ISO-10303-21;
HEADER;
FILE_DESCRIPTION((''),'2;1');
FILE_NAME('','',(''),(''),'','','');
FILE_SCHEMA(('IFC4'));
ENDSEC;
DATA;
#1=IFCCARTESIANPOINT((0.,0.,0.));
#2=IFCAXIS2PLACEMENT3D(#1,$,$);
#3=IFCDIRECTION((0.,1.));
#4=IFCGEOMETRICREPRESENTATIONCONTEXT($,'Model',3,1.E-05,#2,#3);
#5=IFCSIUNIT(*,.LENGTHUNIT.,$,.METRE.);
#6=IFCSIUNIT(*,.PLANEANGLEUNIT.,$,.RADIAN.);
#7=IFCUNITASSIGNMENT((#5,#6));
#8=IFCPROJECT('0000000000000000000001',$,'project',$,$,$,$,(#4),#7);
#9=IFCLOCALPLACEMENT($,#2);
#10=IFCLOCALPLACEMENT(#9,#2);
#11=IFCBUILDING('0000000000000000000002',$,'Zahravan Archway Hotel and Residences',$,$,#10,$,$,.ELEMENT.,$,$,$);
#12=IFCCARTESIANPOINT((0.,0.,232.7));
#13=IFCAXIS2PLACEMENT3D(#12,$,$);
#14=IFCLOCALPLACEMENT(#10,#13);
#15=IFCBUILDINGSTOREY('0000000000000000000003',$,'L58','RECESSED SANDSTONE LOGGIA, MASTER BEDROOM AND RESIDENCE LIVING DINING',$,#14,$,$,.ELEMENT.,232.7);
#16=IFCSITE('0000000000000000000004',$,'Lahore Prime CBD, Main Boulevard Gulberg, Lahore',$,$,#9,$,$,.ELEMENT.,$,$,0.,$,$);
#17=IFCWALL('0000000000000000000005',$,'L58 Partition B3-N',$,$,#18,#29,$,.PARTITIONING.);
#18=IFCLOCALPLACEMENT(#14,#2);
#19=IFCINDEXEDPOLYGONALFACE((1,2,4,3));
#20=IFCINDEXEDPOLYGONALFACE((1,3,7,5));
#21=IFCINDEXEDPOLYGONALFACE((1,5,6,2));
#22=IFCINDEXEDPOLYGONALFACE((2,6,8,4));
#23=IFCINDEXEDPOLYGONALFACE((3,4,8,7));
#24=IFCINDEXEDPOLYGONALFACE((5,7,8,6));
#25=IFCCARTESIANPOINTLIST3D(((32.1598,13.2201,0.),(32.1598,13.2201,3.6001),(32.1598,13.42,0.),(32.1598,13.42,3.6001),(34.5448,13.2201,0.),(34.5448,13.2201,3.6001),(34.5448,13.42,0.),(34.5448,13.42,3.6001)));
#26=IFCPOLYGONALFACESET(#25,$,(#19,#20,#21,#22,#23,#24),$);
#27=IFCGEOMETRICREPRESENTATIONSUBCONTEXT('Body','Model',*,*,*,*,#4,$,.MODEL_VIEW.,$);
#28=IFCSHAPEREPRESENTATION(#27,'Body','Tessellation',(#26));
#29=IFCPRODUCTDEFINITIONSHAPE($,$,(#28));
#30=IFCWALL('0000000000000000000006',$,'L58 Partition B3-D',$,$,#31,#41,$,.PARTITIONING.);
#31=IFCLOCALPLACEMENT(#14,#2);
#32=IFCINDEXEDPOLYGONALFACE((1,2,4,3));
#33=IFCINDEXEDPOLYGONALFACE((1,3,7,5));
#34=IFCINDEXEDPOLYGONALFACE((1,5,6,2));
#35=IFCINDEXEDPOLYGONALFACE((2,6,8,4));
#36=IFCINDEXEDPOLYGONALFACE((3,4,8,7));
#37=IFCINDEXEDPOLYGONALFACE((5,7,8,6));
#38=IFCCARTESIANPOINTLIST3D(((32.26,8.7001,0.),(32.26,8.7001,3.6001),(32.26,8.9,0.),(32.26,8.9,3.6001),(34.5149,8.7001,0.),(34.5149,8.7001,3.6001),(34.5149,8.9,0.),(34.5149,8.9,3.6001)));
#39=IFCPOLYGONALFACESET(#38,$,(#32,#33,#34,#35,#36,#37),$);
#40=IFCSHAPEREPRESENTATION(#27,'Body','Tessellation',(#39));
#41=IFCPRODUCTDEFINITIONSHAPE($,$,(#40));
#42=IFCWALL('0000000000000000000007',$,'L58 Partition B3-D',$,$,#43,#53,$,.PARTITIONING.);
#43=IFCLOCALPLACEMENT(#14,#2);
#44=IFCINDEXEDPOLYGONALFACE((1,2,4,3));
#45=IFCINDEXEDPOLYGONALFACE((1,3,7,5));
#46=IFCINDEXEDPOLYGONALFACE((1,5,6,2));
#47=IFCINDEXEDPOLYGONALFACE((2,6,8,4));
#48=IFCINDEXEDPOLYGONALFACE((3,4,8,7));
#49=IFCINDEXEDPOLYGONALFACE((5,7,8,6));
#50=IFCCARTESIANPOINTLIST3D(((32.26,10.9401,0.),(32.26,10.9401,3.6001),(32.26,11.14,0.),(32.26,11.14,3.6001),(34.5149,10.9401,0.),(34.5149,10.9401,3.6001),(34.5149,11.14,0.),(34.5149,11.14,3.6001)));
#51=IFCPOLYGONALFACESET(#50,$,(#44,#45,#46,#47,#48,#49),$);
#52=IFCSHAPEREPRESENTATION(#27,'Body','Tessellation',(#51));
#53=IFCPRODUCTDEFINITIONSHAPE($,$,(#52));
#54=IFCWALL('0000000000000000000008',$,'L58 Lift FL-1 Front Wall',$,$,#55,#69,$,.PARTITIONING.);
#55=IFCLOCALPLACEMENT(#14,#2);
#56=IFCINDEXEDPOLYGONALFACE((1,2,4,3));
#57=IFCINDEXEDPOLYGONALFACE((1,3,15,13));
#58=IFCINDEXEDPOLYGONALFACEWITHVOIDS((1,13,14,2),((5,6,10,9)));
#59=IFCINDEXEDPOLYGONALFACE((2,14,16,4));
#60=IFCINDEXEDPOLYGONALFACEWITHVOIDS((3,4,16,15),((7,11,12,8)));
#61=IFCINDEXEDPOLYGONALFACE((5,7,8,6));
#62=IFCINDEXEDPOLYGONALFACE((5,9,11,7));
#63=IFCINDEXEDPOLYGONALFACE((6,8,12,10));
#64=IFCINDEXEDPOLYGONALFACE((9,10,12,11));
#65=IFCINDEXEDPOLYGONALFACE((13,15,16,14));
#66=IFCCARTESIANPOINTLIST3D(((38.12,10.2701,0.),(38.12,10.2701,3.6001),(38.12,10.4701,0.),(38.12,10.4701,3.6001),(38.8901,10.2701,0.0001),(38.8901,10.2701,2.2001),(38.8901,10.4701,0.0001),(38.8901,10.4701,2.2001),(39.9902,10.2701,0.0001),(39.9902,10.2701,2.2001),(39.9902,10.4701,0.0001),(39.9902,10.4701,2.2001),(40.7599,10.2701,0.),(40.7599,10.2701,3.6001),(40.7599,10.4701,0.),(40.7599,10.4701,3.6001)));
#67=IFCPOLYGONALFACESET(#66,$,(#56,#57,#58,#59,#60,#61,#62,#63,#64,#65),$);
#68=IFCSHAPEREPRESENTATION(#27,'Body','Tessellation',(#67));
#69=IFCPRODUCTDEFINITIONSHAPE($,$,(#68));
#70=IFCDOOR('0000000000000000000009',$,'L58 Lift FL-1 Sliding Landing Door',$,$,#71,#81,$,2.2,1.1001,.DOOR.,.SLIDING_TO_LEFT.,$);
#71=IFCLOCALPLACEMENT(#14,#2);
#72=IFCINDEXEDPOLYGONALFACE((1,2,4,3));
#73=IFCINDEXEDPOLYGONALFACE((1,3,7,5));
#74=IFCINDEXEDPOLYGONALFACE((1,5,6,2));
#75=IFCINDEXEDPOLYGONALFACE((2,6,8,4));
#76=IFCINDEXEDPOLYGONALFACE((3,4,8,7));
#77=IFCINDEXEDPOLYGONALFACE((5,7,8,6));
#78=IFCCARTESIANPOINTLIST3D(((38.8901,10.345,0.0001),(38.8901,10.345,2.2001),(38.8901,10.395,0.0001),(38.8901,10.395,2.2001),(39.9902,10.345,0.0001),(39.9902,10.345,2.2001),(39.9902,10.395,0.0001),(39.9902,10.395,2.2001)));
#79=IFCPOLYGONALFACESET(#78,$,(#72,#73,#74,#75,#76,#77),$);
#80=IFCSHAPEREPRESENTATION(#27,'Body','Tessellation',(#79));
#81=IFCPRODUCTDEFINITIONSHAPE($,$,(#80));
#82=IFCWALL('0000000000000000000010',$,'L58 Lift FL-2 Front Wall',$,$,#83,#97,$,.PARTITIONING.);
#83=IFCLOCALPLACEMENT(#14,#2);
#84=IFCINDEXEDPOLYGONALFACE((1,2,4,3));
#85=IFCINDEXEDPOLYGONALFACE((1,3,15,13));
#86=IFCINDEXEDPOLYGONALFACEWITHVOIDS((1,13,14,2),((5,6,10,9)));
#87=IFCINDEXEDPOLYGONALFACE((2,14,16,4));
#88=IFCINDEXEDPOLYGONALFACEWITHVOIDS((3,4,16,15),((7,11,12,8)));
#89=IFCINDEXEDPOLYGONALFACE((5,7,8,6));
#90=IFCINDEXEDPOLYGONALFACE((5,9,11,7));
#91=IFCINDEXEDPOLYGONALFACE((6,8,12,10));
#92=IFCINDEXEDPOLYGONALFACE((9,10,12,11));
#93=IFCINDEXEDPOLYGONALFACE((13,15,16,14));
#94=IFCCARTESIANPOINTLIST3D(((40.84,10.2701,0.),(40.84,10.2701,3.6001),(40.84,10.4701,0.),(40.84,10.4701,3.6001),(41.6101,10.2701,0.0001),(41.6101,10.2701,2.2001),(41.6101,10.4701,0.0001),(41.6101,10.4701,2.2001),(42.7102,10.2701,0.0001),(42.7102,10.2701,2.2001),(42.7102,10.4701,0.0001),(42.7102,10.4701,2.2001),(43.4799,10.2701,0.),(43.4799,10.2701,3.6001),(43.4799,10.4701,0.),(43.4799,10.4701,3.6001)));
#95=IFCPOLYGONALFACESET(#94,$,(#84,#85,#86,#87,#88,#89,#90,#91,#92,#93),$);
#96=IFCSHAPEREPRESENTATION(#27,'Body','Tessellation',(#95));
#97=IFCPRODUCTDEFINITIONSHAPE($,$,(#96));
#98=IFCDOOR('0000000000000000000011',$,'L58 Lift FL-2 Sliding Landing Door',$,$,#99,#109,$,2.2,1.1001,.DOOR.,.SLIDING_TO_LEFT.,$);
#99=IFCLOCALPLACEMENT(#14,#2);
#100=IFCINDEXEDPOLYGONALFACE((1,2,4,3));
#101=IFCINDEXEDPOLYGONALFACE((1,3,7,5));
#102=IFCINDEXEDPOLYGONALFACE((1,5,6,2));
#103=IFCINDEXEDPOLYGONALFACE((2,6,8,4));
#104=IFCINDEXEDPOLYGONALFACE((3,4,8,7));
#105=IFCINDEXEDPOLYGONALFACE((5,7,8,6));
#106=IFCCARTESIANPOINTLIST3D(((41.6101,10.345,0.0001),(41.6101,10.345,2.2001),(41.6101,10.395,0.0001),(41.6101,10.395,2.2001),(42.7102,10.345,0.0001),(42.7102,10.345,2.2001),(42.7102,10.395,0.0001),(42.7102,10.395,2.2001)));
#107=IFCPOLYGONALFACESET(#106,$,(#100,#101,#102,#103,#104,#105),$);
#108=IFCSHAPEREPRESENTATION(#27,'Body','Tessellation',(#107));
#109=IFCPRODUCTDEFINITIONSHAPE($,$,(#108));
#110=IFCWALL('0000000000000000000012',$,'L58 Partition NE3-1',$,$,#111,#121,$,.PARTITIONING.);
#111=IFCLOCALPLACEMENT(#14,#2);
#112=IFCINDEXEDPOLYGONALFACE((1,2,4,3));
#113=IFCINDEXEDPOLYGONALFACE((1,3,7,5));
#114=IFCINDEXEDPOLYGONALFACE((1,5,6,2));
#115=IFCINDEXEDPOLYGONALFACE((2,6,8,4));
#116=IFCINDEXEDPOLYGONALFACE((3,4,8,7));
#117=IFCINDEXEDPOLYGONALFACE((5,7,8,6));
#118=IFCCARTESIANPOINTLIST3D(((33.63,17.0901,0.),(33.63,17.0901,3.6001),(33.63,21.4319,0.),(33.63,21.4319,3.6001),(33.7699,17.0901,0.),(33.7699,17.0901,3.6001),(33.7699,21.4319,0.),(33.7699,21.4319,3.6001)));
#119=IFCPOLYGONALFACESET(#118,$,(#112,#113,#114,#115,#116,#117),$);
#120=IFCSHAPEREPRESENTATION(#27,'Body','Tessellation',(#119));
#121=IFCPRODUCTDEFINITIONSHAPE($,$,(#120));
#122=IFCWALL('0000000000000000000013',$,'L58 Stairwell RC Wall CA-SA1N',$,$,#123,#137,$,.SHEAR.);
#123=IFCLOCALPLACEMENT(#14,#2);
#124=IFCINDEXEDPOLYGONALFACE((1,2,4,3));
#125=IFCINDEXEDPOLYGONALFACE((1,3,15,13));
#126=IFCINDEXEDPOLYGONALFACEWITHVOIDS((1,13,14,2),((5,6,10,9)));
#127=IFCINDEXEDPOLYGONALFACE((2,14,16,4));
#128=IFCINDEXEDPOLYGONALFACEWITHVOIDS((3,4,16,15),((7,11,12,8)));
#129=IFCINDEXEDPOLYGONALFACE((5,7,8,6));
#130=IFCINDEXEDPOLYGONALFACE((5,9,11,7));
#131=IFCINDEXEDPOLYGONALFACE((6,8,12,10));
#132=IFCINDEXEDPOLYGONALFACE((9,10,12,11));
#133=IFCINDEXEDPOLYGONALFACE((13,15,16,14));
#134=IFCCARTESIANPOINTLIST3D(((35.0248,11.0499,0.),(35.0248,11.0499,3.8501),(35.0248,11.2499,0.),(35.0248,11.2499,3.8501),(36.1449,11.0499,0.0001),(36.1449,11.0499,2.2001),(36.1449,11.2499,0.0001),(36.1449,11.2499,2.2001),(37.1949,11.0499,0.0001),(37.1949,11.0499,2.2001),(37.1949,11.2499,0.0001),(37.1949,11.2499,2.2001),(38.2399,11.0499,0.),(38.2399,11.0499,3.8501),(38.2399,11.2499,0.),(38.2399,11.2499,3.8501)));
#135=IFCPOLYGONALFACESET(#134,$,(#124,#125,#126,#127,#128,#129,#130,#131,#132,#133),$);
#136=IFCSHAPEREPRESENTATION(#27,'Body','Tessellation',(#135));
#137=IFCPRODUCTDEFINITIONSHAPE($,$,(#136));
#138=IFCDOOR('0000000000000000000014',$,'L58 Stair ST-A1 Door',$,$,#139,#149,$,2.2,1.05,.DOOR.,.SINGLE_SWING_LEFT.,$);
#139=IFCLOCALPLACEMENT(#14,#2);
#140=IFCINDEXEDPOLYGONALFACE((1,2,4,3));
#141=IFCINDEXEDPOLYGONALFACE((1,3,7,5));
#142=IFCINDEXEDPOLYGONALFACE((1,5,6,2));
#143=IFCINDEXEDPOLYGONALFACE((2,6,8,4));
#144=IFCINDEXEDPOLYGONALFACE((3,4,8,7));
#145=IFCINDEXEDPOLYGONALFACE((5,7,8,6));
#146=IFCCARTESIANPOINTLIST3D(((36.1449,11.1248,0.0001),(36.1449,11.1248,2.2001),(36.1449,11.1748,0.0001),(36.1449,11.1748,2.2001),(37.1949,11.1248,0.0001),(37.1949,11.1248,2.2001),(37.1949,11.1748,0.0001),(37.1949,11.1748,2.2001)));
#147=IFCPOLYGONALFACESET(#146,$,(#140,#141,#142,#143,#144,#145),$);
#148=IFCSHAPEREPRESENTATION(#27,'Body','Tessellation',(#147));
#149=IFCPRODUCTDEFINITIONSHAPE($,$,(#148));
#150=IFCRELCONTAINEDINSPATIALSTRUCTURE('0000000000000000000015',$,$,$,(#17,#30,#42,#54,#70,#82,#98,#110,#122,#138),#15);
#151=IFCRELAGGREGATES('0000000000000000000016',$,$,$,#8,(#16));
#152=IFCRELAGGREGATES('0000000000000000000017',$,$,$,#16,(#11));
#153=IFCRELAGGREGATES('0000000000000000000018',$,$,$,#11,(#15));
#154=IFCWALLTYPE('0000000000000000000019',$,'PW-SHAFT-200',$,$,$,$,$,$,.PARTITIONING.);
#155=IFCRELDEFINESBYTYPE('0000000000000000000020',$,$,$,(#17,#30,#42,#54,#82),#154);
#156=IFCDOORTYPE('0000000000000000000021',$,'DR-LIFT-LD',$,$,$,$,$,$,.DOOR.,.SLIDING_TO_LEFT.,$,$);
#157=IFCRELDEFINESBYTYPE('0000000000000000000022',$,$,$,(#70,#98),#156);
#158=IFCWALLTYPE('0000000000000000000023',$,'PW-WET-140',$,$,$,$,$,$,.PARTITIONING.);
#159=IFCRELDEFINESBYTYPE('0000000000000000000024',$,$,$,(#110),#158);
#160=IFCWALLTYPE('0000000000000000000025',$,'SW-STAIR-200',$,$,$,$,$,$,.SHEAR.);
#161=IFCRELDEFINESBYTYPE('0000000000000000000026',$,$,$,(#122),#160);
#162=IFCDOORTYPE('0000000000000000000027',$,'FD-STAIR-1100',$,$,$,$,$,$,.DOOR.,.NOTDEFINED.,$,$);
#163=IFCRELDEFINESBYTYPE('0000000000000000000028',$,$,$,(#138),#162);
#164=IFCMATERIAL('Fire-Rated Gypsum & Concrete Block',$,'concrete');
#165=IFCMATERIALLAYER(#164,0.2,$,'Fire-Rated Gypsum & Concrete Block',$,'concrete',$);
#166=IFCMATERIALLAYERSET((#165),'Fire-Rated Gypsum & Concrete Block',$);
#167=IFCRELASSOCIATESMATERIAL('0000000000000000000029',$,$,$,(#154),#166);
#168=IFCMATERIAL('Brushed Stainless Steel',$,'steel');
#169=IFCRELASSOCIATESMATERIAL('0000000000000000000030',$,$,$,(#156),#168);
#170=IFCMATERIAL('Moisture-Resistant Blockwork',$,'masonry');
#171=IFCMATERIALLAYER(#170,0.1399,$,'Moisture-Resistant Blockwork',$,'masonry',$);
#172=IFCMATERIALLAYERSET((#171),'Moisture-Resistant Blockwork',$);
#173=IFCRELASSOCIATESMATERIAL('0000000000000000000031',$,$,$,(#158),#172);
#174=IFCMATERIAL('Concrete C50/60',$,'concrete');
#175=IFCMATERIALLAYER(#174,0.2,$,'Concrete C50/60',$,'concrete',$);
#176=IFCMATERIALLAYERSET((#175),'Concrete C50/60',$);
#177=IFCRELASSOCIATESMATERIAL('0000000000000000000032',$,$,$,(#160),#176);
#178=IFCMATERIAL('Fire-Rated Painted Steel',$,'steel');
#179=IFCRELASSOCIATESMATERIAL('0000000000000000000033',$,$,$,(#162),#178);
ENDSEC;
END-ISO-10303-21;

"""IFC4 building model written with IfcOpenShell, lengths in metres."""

from ifc_helpers import new_model, si_unit, direction, frame, frame_2d, origin, place, context, subcontext, project, spatial, rectangle, extrude, source, transform, mapped, material, layer, layer_set, type_object, type_shapes, element, fill, save


model = new_model("IFC4")

# Units and contexts
model_context = context("Model", 3, precision=1e-05, world=origin(), true_north=direction((0.0, 1.0)))
body_context = subcontext(model_context, "Body", "Model", "MODEL_VIEW")
ifc_project = project(units=[si_unit("LENGTHUNIT", "METRE"), si_unit("PLANEANGLEUNIT", "RADIAN")], contexts=[model_context])

# Site, building, storey
site_placement = place(None, origin())
site = spatial("IfcSite", under=ifc_project, at=site_placement, Name="Lahore Prime CBD, Main Boulevard Gulberg, Lahore", CompositionType="ELEMENT", RefElevation=0.0)
building_placement = place(site_placement, origin())
building = spatial("IfcBuilding", under=site, at=building_placement, Name="Zahravan Archway Hotel and Residences", CompositionType="ELEMENT")
storey_placement = place(building_placement, frame((0.0, 0.0, 232.7)))
storey = spatial("IfcBuildingStorey", under=building, at=storey_placement, Name="L58", Description="RECESSED SANDSTONE LOGGIA, MASTER BEDROOM AND RESIDENCE LIVING DINING", CompositionType="ELEMENT", Elevation=232.7)

# Shared definitions
ifc_material_1 = material(Name="Concrete C50/60", Category="concrete")
ifc_material_2 = material(Name="Fire-Rated Painted Steel", Category="steel")

# Shared definitions
ifc_material_3 = material(Name="Fire-Rated Gypsum & Concrete Block", Category="concrete")

# Walls
ifc_layer_1 = layer(ifc_material_3, 0.2, Name="Fire-Rated Gypsum & Concrete Block", Category="concrete")
ifc_layer_set_1 = layer_set([ifc_layer_1], Name="Fire-Rated Gypsum & Concrete Block")
wall_type_1 = type_object("IfcWallType", Name="PW-SHAFT-200", PredefinedType="PARTITIONING", material=ifc_layer_set_1)
wall_1_placement = place(storey_placement, frame((32.1599, 13.3201, 0.0), z_axis=(0.0, 0.0, 1.0), x_axis=(1.0, 0.0, 0.0)))
element("IfcWall", 1, at=wall_1_placement, inside=storey, type_object=wall_type_1, Name="L58 Partition B3-N", PredefinedType="PARTITIONING", context=body_context, shape_type="SweptSolid", body=[
    extrude(rectangle(XDim=2.385, YDim=0.2, at=frame_2d((1.1924, 0.0))), origin(), (0.0, 0.0, 1.0), 3.6001),
])
for number, where, z_axis, x_axis, name in (
    (2, (32.26, 8.8, 0.0), (0.0, 0.0, 1.0), (1.0, 0.0, 0.0), "L58 Partition B3-D"),
    (3, (32.26, 11.04, 0.0), (0.0, 0.0, 1.0), (1.0, 0.0, 0.0), "L58 Partition B3-D"),
):
    element("IfcWall", number, at=place(storey_placement, frame(where, z_axis=z_axis, x_axis=x_axis)), inside=storey, type_object=wall_type_1, Name=name, PredefinedType="PARTITIONING", context=body_context, shape_type="SweptSolid", body=[
        extrude(rectangle(XDim=2.2549, YDim=0.2, at=frame_2d((1.1274, 0.0))), origin(), (0.0, 0.0, 1.0), 3.6001),
    ])

# Walls, openings, doors
wall_2_placement = place(storey_placement, frame((38.1201, 10.3701, 0.0), z_axis=(0.0, 0.0, 1.0), x_axis=(1.0, 0.0, 0.0)))
wall_2 = element("IfcWall", 4, at=wall_2_placement, inside=storey, type_object=wall_type_1, Name="L58 Lift FL-1 Front Wall", PredefinedType="PARTITIONING", context=body_context, shape_type="SweptSolid", body=[
    extrude(rectangle(XDim=2.6399, YDim=0.2, at=frame_2d((1.3198, 0.0))), origin(), (0.0, 0.0, 1.0), 3.6001),
])
opening_1_placement = place(wall_2_placement, frame((0.77, 0.0, 0.0)))
opening_1 = element("IfcOpeningElement", 5, at=opening_1_placement, cuts=wall_2, PredefinedType="OPENING", context=body_context, shape_type="SweptSolid", body=[
    extrude(rectangle(XDim=1.1001, YDim=2.2, at=frame_2d((0.55, 1.1001))), frame((0.0, 0.1099, 0.0), z_axis=(0.0, -1.0, 0.0), x_axis=(1.0, 0.0, 0.0)), (0.0, 0.0, 1.0), 0.22),
])
ifc_material_4 = material(Name="Brushed Stainless Steel", Category="steel")
door_type_1 = type_object("IfcDoorType", Name="DR-LIFT-LD", OperationType="SLIDING_TO_LEFT", PredefinedType="DOOR", material=ifc_material_4)
shared_shape_1 = source(origin(), body_context, "Body", "SweptSolid", [
    extrude(rectangle(XDim=1.1001, YDim=2.2, at=frame_2d((0.55, 1.1001))), frame((0.0, 0.0249, 0.0), z_axis=(0.0, -1.0, 0.0), x_axis=(1.0, 0.0, 0.0)), (0.0, 0.0, 1.0), 0.05),
])
type_shapes(door_type_1, [shared_shape_1])
door_1_placement = place(opening_1_placement, origin())
door_1 = element("IfcDoor", 6, at=door_1_placement, inside=storey, type_object=door_type_1, Name="L58 Lift FL-1 Sliding Landing Door", OperationType="SLIDING_TO_LEFT", OverallHeight=2.2, OverallWidth=1.1001, PredefinedType="DOOR", context=body_context, shape_type="MappedRepresentation", body=[
    mapped(shared_shape_1, transform((0.0, 0.0, 0.0), scale=1.0)),
])
fill(opening_1, door_1)
wall_3_placement = place(storey_placement, frame((40.8401, 10.3701, 0.0), z_axis=(0.0, 0.0, 1.0), x_axis=(1.0, 0.0, 0.0)))
wall_3 = element("IfcWall", 7, at=wall_3_placement, inside=storey, type_object=wall_type_1, Name="L58 Lift FL-2 Front Wall", PredefinedType="PARTITIONING", context=body_context, shape_type="SweptSolid", body=[
    extrude(rectangle(XDim=2.6399, YDim=0.2, at=frame_2d((1.3198, 0.0))), origin(), (0.0, 0.0, 1.0), 3.6001),
])
opening_2_placement = place(wall_3_placement, frame((0.77, 0.0, 0.0)))
opening_2 = element("IfcOpeningElement", 8, at=opening_2_placement, cuts=wall_3, PredefinedType="OPENING", context=body_context, shape_type="SweptSolid", body=[
    extrude(rectangle(XDim=1.1001, YDim=2.2, at=frame_2d((0.55, 1.1001))), frame((0.0, 0.1099, 0.0), z_axis=(0.0, -1.0, 0.0), x_axis=(1.0, 0.0, 0.0)), (0.0, 0.0, 1.0), 0.22),
])
door_2_placement = place(opening_2_placement, origin())
door_2 = element("IfcDoor", 9, at=door_2_placement, inside=storey, type_object=door_type_1, Name="L58 Lift FL-2 Sliding Landing Door", OperationType="SLIDING_TO_LEFT", OverallHeight=2.2, OverallWidth=1.1001, PredefinedType="DOOR", context=body_context, shape_type="MappedRepresentation", body=[
    mapped(shared_shape_1, transform((0.0, 0.0, 0.0), scale=1.0)),
])
fill(opening_2, door_2)

# Wall
ifc_material_5 = material(Name="Moisture-Resistant Blockwork", Category="masonry")
ifc_layer_2 = layer(ifc_material_5, 0.1399, Name="Moisture-Resistant Blockwork", Category="masonry")
ifc_layer_set_2 = layer_set([ifc_layer_2], Name="Moisture-Resistant Blockwork")
wall_type_2 = type_object("IfcWallType", Name="PW-WET-140", PredefinedType="PARTITIONING", material=ifc_layer_set_2)
wall_4_placement = place(storey_placement, frame((33.7, 17.0901, 0.0), z_axis=(0.0, 0.0, 1.0), x_axis=(0.0, 1.0, 0.0)))
element("IfcWall", 10, at=wall_4_placement, inside=storey, type_object=wall_type_2, Name="L58 Partition NE3-1", PredefinedType="PARTITIONING", context=body_context, shape_type="SweptSolid", body=[
    extrude(rectangle(XDim=4.3418, YDim=0.1399, at=frame_2d((2.1709, 0.0))), origin(), (0.0, 0.0, 1.0), 3.6001),
])

# Wall, opening, door
ifc_layer_3 = layer(ifc_material_1, 0.2, Name="Concrete C50/60", Category="concrete")
ifc_layer_set_3 = layer_set([ifc_layer_3], Name="Concrete C50/60")
wall_type_3 = type_object("IfcWallType", Name="SW-STAIR-200", PredefinedType="SHEAR", material=ifc_layer_set_3)
wall_5_placement = place(storey_placement, frame((35.0249, 11.1499, 0.0), z_axis=(0.0, 0.0, 1.0), x_axis=(1.0, 0.0, 0.0)))
wall_5 = element("IfcWall", 11, at=wall_5_placement, inside=storey, type_object=wall_type_3, Name="L58 Stairwell RC Wall CA-SA1N", PredefinedType="SHEAR", context=body_context, shape_type="SweptSolid", body=[
    extrude(rectangle(XDim=3.2151, YDim=0.2, at=frame_2d((1.6074, 0.0))), origin(), (0.0, 0.0, 1.0), 3.8501),
])
opening_3_placement = place(wall_5_placement, frame((1.1201, 0.0, 0.0)))
opening_3 = element("IfcOpeningElement", 12, at=opening_3_placement, cuts=wall_5, PredefinedType="OPENING", context=body_context, shape_type="SweptSolid", body=[
    extrude(rectangle(XDim=1.05, YDim=2.2, at=frame_2d((0.5249, 1.1001))), frame((0.0, 0.1099, 0.0), z_axis=(0.0, -1.0, 0.0), x_axis=(1.0, 0.0, 0.0)), (0.0, 0.0, 1.0), 0.22),
])
door_type_2 = type_object("IfcDoorType", Name="FD-STAIR-1100", OperationType="NOTDEFINED", PredefinedType="DOOR", material=ifc_material_2)
shared_shape_2 = source(origin(), body_context, "Body", "SweptSolid", [
    extrude(rectangle(XDim=1.05, YDim=2.2, at=frame_2d((0.5249, 1.1001))), frame((0.0, 0.0249, 0.0), z_axis=(0.0, -1.0, 0.0), x_axis=(1.0, 0.0, 0.0)), (0.0, 0.0, 1.0), 0.05),
])
type_shapes(door_type_2, [shared_shape_2])
door_3_placement = place(opening_3_placement, origin())
door_3 = element("IfcDoor", 13, at=door_3_placement, inside=storey, type_object=door_type_2, Name="L58 Stair ST-A1 Door", OperationType="SINGLE_SWING_LEFT", OverallHeight=2.2, OverallWidth=1.05, PredefinedType="DOOR", context=body_context, shape_type="MappedRepresentation", body=[
    mapped(shared_shape_2, transform((0.0, 0.0, 0.0), scale=1.0)),
])
fill(opening_3, door_3)

save(model, "model.ifc")
